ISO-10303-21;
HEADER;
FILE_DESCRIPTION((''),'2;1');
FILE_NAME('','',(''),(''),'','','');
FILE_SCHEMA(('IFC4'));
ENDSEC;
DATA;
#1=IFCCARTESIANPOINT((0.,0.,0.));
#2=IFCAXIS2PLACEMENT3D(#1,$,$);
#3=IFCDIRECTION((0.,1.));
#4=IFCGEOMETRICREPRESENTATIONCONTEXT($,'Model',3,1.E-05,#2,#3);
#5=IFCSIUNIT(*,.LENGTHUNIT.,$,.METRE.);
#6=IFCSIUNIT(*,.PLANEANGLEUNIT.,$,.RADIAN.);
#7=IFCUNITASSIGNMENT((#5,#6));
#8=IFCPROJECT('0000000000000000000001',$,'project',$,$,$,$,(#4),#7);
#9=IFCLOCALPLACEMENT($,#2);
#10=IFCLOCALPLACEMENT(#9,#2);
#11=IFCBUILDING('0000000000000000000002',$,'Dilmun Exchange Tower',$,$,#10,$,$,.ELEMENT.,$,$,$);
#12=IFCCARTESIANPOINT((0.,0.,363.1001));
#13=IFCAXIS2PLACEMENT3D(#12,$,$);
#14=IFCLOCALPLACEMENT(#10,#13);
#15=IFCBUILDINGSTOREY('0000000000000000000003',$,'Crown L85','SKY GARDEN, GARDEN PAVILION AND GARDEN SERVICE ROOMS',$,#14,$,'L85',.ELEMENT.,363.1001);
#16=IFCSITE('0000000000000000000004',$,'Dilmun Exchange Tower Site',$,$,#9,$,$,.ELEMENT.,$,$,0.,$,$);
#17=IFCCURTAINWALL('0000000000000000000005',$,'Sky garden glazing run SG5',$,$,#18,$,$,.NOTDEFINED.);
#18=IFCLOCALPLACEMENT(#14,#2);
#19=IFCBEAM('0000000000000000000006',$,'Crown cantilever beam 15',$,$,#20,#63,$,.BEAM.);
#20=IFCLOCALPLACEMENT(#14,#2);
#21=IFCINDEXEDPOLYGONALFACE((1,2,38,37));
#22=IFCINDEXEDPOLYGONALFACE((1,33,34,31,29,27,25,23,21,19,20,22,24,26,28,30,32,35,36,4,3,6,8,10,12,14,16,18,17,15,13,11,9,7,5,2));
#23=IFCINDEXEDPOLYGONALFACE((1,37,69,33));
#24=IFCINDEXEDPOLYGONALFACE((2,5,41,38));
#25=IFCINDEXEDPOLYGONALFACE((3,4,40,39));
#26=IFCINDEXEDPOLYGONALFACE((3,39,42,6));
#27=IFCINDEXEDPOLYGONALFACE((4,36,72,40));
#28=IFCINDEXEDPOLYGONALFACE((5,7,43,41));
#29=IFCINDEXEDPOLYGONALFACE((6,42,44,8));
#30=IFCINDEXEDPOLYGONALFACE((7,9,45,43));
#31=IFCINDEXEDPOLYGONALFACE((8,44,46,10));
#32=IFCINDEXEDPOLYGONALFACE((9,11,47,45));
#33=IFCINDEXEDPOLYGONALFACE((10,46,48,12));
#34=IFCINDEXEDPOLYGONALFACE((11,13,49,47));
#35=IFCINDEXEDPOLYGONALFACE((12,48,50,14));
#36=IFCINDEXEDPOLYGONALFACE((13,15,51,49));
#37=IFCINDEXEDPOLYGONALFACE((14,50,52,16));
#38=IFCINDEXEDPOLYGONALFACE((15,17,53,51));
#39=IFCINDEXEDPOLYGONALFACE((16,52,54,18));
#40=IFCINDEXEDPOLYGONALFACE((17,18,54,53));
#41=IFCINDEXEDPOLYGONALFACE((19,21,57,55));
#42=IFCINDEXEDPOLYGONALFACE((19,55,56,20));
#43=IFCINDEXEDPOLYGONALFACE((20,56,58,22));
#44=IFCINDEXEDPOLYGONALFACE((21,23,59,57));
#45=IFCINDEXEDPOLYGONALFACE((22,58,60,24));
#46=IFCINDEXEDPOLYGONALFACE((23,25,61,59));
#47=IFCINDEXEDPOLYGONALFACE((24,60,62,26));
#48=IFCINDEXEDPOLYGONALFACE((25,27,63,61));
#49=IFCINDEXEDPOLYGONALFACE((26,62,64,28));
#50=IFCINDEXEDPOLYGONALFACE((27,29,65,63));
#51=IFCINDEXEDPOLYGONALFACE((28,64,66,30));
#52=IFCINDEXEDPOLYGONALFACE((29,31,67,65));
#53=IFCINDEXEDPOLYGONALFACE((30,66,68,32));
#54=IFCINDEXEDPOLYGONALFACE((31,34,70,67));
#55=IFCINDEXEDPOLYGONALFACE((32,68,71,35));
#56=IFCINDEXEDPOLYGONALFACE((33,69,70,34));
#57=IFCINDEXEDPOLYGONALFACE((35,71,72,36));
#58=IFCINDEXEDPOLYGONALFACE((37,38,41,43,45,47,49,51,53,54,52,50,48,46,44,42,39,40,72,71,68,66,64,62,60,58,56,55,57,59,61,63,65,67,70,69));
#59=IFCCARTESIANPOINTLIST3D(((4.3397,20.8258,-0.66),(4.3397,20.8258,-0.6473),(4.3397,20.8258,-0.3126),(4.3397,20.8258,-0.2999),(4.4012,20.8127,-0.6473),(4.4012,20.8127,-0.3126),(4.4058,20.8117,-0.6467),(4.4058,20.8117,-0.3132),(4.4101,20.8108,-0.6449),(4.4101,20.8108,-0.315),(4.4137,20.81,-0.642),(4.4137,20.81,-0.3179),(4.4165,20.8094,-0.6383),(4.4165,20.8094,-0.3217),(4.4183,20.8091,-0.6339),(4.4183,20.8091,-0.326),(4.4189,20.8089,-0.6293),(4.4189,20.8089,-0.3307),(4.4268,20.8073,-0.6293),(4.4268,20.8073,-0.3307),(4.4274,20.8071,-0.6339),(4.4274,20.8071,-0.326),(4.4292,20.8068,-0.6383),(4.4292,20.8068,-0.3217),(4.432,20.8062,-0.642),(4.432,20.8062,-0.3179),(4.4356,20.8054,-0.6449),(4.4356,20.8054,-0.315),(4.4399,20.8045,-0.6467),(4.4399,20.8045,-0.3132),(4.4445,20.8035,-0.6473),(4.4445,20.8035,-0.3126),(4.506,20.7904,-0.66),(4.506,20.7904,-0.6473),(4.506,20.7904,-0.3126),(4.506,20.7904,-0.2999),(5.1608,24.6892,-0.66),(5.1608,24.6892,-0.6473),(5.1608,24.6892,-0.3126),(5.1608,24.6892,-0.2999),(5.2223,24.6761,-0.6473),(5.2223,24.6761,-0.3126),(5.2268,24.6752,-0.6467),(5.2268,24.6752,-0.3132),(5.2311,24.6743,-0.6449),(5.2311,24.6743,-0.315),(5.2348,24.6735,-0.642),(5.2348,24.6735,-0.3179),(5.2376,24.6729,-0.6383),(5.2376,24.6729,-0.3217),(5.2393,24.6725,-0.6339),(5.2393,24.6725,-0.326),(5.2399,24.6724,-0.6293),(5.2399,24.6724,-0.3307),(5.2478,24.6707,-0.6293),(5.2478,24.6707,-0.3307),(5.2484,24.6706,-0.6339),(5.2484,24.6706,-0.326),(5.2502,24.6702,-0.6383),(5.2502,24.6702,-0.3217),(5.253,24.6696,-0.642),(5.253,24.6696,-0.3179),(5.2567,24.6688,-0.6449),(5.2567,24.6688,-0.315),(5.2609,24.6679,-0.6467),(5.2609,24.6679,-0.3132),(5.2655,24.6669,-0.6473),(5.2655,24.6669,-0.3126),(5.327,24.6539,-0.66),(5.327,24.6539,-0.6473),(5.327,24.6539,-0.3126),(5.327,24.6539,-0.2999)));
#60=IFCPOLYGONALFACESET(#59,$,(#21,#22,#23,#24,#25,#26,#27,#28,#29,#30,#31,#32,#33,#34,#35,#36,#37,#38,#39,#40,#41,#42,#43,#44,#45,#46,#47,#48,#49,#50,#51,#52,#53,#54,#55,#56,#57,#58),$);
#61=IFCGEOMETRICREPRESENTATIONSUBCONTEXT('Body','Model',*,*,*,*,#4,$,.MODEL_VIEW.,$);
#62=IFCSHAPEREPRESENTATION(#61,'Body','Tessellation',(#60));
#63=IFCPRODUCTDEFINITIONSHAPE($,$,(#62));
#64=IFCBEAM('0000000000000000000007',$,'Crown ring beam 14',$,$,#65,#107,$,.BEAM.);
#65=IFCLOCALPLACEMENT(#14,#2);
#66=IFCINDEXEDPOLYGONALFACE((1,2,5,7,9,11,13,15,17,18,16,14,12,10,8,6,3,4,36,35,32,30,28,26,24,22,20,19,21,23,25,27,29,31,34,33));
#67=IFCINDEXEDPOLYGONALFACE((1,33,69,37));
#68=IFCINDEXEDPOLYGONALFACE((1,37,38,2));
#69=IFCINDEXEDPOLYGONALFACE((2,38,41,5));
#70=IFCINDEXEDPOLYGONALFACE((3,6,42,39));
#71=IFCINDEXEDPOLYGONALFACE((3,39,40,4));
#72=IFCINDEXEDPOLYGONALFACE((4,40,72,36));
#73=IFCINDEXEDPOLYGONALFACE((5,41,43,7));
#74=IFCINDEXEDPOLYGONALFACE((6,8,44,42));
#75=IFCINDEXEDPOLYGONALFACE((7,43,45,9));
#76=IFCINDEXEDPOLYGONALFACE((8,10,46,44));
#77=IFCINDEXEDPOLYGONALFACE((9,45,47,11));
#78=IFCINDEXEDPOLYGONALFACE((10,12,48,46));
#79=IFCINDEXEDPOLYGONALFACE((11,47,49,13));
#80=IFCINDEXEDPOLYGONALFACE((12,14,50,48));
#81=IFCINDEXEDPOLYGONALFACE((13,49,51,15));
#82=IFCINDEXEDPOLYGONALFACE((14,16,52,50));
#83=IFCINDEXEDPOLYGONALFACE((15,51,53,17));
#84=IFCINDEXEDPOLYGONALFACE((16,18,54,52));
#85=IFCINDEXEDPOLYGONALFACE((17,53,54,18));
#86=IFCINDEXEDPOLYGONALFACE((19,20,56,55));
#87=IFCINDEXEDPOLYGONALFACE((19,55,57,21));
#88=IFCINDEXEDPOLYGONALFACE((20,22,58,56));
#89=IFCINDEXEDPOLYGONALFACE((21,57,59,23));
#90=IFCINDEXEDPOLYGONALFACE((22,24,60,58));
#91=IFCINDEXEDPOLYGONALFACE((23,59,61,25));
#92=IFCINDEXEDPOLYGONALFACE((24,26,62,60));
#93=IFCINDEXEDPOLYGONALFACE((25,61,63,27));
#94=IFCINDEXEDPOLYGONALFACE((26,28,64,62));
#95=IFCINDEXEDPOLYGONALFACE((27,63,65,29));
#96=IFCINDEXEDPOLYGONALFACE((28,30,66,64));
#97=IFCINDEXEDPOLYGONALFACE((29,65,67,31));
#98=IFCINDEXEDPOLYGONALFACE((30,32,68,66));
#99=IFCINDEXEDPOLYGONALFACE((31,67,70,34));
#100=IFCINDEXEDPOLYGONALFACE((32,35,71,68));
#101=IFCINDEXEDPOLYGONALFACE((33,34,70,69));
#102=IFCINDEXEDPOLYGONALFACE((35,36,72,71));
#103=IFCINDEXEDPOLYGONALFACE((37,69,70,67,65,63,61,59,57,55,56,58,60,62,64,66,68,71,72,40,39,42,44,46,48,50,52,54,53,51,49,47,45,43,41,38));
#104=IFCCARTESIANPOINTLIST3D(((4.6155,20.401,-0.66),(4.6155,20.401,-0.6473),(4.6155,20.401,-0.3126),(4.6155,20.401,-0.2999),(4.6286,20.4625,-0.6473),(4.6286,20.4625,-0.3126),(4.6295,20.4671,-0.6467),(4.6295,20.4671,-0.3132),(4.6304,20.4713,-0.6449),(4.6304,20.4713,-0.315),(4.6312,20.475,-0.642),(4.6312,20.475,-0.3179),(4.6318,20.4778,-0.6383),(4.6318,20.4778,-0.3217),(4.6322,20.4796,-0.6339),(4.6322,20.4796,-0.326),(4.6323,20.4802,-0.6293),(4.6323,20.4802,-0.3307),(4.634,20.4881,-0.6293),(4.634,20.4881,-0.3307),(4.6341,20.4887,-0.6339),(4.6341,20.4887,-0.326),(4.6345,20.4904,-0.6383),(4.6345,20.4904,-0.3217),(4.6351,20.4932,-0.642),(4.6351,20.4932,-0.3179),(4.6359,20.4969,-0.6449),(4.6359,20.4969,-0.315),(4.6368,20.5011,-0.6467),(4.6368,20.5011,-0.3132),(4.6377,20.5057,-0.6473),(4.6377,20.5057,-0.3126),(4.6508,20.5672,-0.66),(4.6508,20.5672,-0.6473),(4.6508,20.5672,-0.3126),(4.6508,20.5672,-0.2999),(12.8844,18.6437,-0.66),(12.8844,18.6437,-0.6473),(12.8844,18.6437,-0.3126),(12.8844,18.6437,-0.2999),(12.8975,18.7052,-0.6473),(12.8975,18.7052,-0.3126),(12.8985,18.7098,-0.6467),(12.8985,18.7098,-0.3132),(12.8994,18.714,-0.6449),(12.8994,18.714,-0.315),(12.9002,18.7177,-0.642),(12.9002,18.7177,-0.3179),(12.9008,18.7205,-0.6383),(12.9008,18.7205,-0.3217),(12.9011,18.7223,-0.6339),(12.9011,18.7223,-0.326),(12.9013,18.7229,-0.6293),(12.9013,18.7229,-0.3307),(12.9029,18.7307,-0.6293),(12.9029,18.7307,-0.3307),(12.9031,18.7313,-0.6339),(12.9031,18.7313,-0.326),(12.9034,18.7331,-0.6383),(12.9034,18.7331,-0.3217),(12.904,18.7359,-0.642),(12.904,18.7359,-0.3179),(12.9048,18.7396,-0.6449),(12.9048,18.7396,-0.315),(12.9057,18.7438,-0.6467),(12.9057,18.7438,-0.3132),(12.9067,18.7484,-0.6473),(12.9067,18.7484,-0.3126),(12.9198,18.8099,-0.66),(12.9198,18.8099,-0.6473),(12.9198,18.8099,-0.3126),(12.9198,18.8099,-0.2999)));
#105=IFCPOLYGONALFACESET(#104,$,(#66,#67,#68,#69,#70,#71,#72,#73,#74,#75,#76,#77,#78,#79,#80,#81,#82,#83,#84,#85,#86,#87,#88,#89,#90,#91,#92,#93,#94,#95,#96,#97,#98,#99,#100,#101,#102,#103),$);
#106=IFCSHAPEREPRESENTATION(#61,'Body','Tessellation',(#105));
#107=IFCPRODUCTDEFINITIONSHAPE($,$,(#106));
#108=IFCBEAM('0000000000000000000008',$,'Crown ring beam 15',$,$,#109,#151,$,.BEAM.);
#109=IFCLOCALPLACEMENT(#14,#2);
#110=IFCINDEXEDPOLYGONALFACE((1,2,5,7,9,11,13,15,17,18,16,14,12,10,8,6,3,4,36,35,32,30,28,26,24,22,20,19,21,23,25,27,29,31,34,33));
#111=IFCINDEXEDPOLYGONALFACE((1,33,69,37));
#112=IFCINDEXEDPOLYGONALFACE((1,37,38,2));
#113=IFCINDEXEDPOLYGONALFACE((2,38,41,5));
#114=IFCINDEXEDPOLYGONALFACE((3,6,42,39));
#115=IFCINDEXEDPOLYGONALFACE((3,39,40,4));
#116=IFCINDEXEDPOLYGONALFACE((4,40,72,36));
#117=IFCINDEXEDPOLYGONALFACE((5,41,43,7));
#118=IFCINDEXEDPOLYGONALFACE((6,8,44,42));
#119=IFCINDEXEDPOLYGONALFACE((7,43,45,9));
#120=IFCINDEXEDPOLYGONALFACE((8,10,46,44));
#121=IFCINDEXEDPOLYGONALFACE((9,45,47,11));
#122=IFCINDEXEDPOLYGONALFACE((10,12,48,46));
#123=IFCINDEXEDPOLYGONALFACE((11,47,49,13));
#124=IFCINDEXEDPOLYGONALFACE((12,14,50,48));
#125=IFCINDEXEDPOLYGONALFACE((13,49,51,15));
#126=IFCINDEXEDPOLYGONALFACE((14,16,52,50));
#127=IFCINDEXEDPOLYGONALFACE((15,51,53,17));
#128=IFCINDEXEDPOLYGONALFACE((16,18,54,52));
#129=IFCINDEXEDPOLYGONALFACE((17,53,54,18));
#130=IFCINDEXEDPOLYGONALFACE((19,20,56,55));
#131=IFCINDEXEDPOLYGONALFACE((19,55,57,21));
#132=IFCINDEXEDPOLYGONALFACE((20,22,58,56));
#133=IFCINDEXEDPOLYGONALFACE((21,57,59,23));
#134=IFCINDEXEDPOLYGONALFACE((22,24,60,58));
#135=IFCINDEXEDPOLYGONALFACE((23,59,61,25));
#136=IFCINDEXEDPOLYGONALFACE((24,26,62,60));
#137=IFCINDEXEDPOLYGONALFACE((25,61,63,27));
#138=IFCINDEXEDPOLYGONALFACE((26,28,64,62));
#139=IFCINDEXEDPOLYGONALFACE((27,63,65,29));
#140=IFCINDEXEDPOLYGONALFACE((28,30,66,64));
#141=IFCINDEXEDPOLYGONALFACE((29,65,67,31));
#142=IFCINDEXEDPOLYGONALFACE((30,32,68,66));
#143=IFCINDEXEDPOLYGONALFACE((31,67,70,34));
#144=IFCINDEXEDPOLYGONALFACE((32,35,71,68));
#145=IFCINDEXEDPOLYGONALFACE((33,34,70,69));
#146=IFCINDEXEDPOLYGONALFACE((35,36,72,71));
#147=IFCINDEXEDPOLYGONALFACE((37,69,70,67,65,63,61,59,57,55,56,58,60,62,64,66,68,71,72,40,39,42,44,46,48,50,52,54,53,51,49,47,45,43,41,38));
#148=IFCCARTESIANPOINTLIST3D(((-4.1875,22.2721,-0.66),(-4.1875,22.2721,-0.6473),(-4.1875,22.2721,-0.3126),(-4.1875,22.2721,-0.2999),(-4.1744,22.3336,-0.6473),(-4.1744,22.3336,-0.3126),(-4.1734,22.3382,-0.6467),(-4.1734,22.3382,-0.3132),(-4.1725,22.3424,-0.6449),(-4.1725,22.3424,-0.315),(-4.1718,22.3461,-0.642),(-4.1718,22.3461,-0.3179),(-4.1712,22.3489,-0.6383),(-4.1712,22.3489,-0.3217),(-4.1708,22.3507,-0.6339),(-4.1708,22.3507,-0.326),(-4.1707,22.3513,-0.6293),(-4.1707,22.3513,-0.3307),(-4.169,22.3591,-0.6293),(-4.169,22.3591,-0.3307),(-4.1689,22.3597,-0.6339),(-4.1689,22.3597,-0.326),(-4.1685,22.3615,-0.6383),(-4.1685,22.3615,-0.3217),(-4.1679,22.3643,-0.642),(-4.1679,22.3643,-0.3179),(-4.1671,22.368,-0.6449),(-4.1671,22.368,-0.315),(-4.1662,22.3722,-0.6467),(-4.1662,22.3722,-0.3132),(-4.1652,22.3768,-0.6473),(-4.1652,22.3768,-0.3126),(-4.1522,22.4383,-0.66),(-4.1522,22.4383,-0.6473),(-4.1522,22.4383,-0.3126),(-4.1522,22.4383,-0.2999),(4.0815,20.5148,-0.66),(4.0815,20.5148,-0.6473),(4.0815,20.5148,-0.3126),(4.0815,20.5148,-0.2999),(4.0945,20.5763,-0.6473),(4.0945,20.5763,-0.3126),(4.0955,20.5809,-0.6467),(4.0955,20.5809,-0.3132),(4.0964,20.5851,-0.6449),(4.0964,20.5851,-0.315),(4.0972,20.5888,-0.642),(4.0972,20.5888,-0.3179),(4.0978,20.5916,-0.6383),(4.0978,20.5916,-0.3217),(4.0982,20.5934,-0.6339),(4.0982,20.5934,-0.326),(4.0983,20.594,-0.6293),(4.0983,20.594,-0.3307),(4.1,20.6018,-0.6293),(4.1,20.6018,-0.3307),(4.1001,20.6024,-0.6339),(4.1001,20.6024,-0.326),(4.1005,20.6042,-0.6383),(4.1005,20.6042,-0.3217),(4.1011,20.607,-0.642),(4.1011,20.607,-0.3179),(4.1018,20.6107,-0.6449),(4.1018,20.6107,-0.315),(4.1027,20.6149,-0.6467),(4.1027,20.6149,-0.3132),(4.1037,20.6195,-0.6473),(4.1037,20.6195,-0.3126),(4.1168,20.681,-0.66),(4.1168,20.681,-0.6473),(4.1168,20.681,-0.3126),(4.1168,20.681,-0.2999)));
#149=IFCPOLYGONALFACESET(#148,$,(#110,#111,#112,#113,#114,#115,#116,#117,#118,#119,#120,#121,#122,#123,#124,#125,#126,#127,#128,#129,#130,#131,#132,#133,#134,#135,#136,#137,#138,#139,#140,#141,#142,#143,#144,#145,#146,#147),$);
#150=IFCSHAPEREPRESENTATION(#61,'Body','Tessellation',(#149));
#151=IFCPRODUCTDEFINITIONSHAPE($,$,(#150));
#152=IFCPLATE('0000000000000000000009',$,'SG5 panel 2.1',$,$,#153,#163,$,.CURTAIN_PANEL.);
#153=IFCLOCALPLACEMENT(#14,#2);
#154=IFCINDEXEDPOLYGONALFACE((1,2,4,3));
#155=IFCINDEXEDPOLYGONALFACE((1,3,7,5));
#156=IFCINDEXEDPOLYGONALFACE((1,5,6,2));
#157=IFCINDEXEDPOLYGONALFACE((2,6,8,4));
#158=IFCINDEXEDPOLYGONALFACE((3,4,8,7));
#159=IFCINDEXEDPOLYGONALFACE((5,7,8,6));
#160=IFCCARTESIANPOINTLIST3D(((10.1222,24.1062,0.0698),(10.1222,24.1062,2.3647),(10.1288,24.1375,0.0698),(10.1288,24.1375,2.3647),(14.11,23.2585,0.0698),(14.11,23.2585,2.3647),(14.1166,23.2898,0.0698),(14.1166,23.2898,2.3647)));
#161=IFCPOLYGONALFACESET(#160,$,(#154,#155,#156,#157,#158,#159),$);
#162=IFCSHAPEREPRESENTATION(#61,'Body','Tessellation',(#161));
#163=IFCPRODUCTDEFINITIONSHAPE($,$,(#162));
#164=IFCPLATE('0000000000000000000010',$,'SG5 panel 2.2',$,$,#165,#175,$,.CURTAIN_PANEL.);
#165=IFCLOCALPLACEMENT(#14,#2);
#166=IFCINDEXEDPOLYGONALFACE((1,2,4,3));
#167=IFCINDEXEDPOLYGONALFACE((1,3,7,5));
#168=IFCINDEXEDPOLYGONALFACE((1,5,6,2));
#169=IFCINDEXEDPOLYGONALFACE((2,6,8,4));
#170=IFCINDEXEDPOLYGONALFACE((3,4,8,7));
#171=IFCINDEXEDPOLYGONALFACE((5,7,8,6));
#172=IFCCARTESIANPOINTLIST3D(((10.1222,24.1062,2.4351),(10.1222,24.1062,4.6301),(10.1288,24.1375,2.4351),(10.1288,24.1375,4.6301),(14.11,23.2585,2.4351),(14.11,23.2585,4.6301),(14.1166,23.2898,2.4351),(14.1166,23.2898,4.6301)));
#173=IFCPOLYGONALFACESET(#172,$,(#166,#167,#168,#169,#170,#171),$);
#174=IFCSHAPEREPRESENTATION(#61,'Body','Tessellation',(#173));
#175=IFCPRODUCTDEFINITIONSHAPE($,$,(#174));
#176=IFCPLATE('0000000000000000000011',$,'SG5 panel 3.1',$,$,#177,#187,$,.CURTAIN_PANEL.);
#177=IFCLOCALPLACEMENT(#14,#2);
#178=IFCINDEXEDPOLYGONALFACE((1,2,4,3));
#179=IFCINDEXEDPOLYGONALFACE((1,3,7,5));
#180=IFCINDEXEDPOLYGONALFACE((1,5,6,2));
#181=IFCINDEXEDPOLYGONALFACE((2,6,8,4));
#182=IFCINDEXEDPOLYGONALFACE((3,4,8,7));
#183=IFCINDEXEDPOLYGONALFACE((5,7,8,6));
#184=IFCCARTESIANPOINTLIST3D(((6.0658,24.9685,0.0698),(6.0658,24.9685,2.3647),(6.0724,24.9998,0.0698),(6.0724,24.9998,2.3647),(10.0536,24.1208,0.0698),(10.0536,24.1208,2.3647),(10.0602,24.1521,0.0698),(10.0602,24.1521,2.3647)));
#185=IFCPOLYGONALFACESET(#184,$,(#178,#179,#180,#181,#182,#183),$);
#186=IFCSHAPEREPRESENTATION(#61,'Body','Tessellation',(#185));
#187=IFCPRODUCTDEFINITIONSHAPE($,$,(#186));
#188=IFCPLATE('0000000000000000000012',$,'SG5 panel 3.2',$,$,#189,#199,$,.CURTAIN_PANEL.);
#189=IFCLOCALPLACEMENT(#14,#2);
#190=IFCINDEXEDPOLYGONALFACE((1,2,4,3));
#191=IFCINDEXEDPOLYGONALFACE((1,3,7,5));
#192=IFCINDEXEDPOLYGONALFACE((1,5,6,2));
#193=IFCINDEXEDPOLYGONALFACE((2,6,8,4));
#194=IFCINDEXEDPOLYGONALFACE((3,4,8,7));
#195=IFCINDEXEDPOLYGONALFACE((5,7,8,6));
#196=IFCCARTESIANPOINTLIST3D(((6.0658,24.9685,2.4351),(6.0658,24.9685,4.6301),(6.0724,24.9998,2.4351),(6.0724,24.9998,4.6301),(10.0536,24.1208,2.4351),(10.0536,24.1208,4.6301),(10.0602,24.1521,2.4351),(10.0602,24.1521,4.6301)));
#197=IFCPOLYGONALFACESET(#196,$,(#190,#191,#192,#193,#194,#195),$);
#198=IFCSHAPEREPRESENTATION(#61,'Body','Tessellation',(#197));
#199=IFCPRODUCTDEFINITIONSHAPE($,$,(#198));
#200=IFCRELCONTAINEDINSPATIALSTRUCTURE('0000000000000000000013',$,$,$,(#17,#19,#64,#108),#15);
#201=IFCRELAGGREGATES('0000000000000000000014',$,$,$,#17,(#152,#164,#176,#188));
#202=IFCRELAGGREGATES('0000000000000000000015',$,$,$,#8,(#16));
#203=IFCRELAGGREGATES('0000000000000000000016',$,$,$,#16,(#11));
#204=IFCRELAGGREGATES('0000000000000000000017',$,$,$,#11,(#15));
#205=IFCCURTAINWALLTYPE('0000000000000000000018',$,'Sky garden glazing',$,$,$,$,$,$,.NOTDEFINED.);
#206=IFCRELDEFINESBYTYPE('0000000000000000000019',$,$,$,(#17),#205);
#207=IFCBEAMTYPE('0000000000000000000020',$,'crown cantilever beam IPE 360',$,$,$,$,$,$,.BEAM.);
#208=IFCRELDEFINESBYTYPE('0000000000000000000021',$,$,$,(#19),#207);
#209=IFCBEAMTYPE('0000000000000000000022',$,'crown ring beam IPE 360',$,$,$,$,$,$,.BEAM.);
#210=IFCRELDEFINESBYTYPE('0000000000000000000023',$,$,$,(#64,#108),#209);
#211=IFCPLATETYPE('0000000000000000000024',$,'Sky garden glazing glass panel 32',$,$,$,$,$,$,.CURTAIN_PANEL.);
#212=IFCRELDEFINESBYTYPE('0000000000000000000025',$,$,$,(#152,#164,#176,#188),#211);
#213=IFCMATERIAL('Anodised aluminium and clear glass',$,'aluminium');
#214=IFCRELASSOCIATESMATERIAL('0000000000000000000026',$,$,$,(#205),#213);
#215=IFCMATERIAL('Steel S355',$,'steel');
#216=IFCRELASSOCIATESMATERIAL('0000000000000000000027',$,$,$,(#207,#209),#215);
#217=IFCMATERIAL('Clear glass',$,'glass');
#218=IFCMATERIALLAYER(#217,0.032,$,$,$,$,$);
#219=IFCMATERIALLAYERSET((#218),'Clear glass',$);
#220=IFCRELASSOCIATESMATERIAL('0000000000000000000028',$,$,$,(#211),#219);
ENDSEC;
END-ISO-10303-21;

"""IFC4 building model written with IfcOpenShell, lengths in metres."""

from ifc_helpers import new_model, si_unit, direction, frame, origin, origin_2d, place, context, subcontext, project, spatial, rectangle, i_section, extrude, material, layer, layer_set, material_profile, profile_set, type_object, element, aggregate, save


model = new_model("IFC4")

# Units and contexts
model_context = context("Model", 3, precision=1e-05, world=origin(), true_north=direction((0.0, 1.0)))
body_context = subcontext(model_context, "Body", "Model", "MODEL_VIEW")
ifc_project = project(units=[si_unit("LENGTHUNIT", "METRE"), si_unit("PLANEANGLEUNIT", "RADIAN")], contexts=[model_context])

# Site, building, storey
site_placement = place(None, origin())
site = spatial("IfcSite", under=ifc_project, at=site_placement, Name="Dilmun Exchange Tower Site", CompositionType="ELEMENT", RefElevation=0.0)
building_placement = place(site_placement, origin())
building = spatial("IfcBuilding", under=site, at=building_placement, Name="Dilmun Exchange Tower", CompositionType="ELEMENT")
storey_placement = place(building_placement, frame((0.0, 0.0, 363.1001)))
storey = spatial("IfcBuildingStorey", under=building, at=storey_placement, Name="Crown L85", Description="SKY GARDEN, GARDEN PAVILION AND GARDEN SERVICE ROOMS", LongName="L85", CompositionType="ELEMENT", Elevation=363.1001)

# Curtain wall
ifc_material_1 = material(Name="Anodised aluminium and clear glass", Category="aluminium")
curtain_wall_type = type_object("IfcCurtainWallType", Name="Sky garden glazing", PredefinedType="NOTDEFINED", material=ifc_material_1)
curtain_wall_placement = place(storey_placement, origin())
curtain_wall = element("IfcCurtainWall", 1, at=curtain_wall_placement, inside=storey, type_object=curtain_wall_type, Name="Sky garden glazing run SG5", PredefinedType="NOTDEFINED")

# Beams
ifc_material_2 = material(Name="Steel S355", Category="steel")
ifc_material_profile_1 = material_profile(ifc_material_2, i_section(OverallWidth=0.1699, OverallDepth=0.3601, WebThickness=0.0081, FlangeThickness=0.0127, FilletRadius=0.0181, at=origin_2d()), Name="IPE 360")
ifc_profile_set_1 = profile_set([ifc_material_profile_1], Name="Steel S355")
beam_type_1 = type_object("IfcBeamType", Name="crown cantilever beam IPE 360", PredefinedType="BEAM", material=ifc_profile_set_1)
beam_placement = place(storey_placement, frame((4.4229, 20.8081, -0.48), z_axis=(0.20787, 0.978156, 0.0), x_axis=(-0.978156, 0.20787, 0.0)))
element("IfcBeam", 2, at=beam_placement, inside=storey, type_object=beam_type_1, Name="Crown cantilever beam 15", PredefinedType="BEAM", context=body_context, shape_type="SweptSolid", body=[
    extrude(i_section(OverallWidth=0.1699, OverallDepth=0.3601, WebThickness=0.0081, FlangeThickness=0.0127, FilletRadius=0.0181, at=origin_2d()), origin(), (0.0, 0.0, 1.0), 3.9497),
])
ifc_material_profile_2 = material_profile(ifc_material_2, i_section(OverallWidth=0.1699, OverallDepth=0.3601, WebThickness=0.0081, FlangeThickness=0.0127, FilletRadius=0.0181, at=origin_2d()), Name="IPE 360")
ifc_profile_set_2 = profile_set([ifc_material_profile_2], Name="Steel S355")
beam_type_2 = type_object("IfcBeamType", Name="crown ring beam IPE 360", PredefinedType="BEAM", material=ifc_profile_set_2)
for number, where, z_axis, x_axis, name in (
    (3, (12.9021, 18.7268, -0.48), (-0.978155, 0.207876, 0.0), (-0.207876, -0.978155, 0.0), "Crown ring beam 14"),
    (4, (4.0991, 20.5979, -0.48), (-0.978155, 0.207876, 0.0), (-0.207876, -0.978155, 0.0), "Crown ring beam 15"),
):
    element("IfcBeam", number, at=place(storey_placement, frame(where, z_axis=z_axis, x_axis=x_axis)), inside=storey, type_object=beam_type_2, Name=name, PredefinedType="BEAM", context=body_context, shape_type="SweptSolid", body=[
        extrude(i_section(OverallWidth=0.1699, OverallDepth=0.3601, WebThickness=0.0081, FlangeThickness=0.0127, FilletRadius=0.0181, at=origin_2d()), origin(), (0.0, 0.0, 1.0), 8.4536),
    ])

# Plates
ifc_material_3 = material(Name="Clear glass", Category="glass")
ifc_layer = layer(ifc_material_3, 0.032)
ifc_layer_set = layer_set([ifc_layer], Name="Clear glass")
plate_type = type_object("IfcPlateType", Name="Sky garden glazing glass panel 32", PredefinedType="CURTAIN_PANEL", material=ifc_layer_set)
plate_1_placement = place(storey_placement, frame((12.1194, 23.698, 0.0698), z_axis=(0.0, 0.0, 1.0), x_axis=(-0.978148, 0.20791, 0.0)))
plate_1 = element("IfcPlate", 5, at=plate_1_placement, type_object=plate_type, Name="SG5 panel 2.1", PredefinedType="CURTAIN_PANEL", context=body_context, shape_type="SweptSolid", body=[
    extrude(rectangle(XDim=4.0769, YDim=0.032, at=origin_2d()), origin(), (0.0, 0.0, 1.0), 2.2949),
])
plate_2_placement = place(storey_placement, frame((12.1194, 23.698, 2.4351), z_axis=(0.0, 0.0, 1.0), x_axis=(-0.978148, 0.20791, 0.0)))
plate_2 = element("IfcPlate", 6, at=plate_2_placement, type_object=plate_type, Name="SG5 panel 2.2", PredefinedType="CURTAIN_PANEL", context=body_context, shape_type="SweptSolid", body=[
    extrude(rectangle(XDim=4.0769, YDim=0.032, at=origin_2d()), origin(), (0.0, 0.0, 1.0), 2.1951),
])
plate_3_placement = place(storey_placement, frame((8.063, 24.5603, 0.0698), z_axis=(0.0, 0.0, 1.0), x_axis=(-0.978148, 0.20791, 0.0)))
plate_3 = element("IfcPlate", 7, at=plate_3_placement, type_object=plate_type, Name="SG5 panel 3.1", PredefinedType="CURTAIN_PANEL", context=body_context, shape_type="SweptSolid", body=[
    extrude(rectangle(XDim=4.0769, YDim=0.032, at=origin_2d()), origin(), (0.0, 0.0, 1.0), 2.2949),
])
plate_4_placement = place(storey_placement, frame((8.063, 24.5603, 2.4351), z_axis=(0.0, 0.0, 1.0), x_axis=(-0.978148, 0.20791, 0.0)))
plate_4 = element("IfcPlate", 8, at=plate_4_placement, type_object=plate_type, Name="SG5 panel 3.2", PredefinedType="CURTAIN_PANEL", context=body_context, shape_type="SweptSolid", body=[
    extrude(rectangle(XDim=4.0769, YDim=0.032, at=origin_2d()), origin(), (0.0, 0.0, 1.0), 2.1951),
])
aggregate(curtain_wall, [plate_1, plate_2, plate_3, plate_4])

save(model, "model.ifc")
